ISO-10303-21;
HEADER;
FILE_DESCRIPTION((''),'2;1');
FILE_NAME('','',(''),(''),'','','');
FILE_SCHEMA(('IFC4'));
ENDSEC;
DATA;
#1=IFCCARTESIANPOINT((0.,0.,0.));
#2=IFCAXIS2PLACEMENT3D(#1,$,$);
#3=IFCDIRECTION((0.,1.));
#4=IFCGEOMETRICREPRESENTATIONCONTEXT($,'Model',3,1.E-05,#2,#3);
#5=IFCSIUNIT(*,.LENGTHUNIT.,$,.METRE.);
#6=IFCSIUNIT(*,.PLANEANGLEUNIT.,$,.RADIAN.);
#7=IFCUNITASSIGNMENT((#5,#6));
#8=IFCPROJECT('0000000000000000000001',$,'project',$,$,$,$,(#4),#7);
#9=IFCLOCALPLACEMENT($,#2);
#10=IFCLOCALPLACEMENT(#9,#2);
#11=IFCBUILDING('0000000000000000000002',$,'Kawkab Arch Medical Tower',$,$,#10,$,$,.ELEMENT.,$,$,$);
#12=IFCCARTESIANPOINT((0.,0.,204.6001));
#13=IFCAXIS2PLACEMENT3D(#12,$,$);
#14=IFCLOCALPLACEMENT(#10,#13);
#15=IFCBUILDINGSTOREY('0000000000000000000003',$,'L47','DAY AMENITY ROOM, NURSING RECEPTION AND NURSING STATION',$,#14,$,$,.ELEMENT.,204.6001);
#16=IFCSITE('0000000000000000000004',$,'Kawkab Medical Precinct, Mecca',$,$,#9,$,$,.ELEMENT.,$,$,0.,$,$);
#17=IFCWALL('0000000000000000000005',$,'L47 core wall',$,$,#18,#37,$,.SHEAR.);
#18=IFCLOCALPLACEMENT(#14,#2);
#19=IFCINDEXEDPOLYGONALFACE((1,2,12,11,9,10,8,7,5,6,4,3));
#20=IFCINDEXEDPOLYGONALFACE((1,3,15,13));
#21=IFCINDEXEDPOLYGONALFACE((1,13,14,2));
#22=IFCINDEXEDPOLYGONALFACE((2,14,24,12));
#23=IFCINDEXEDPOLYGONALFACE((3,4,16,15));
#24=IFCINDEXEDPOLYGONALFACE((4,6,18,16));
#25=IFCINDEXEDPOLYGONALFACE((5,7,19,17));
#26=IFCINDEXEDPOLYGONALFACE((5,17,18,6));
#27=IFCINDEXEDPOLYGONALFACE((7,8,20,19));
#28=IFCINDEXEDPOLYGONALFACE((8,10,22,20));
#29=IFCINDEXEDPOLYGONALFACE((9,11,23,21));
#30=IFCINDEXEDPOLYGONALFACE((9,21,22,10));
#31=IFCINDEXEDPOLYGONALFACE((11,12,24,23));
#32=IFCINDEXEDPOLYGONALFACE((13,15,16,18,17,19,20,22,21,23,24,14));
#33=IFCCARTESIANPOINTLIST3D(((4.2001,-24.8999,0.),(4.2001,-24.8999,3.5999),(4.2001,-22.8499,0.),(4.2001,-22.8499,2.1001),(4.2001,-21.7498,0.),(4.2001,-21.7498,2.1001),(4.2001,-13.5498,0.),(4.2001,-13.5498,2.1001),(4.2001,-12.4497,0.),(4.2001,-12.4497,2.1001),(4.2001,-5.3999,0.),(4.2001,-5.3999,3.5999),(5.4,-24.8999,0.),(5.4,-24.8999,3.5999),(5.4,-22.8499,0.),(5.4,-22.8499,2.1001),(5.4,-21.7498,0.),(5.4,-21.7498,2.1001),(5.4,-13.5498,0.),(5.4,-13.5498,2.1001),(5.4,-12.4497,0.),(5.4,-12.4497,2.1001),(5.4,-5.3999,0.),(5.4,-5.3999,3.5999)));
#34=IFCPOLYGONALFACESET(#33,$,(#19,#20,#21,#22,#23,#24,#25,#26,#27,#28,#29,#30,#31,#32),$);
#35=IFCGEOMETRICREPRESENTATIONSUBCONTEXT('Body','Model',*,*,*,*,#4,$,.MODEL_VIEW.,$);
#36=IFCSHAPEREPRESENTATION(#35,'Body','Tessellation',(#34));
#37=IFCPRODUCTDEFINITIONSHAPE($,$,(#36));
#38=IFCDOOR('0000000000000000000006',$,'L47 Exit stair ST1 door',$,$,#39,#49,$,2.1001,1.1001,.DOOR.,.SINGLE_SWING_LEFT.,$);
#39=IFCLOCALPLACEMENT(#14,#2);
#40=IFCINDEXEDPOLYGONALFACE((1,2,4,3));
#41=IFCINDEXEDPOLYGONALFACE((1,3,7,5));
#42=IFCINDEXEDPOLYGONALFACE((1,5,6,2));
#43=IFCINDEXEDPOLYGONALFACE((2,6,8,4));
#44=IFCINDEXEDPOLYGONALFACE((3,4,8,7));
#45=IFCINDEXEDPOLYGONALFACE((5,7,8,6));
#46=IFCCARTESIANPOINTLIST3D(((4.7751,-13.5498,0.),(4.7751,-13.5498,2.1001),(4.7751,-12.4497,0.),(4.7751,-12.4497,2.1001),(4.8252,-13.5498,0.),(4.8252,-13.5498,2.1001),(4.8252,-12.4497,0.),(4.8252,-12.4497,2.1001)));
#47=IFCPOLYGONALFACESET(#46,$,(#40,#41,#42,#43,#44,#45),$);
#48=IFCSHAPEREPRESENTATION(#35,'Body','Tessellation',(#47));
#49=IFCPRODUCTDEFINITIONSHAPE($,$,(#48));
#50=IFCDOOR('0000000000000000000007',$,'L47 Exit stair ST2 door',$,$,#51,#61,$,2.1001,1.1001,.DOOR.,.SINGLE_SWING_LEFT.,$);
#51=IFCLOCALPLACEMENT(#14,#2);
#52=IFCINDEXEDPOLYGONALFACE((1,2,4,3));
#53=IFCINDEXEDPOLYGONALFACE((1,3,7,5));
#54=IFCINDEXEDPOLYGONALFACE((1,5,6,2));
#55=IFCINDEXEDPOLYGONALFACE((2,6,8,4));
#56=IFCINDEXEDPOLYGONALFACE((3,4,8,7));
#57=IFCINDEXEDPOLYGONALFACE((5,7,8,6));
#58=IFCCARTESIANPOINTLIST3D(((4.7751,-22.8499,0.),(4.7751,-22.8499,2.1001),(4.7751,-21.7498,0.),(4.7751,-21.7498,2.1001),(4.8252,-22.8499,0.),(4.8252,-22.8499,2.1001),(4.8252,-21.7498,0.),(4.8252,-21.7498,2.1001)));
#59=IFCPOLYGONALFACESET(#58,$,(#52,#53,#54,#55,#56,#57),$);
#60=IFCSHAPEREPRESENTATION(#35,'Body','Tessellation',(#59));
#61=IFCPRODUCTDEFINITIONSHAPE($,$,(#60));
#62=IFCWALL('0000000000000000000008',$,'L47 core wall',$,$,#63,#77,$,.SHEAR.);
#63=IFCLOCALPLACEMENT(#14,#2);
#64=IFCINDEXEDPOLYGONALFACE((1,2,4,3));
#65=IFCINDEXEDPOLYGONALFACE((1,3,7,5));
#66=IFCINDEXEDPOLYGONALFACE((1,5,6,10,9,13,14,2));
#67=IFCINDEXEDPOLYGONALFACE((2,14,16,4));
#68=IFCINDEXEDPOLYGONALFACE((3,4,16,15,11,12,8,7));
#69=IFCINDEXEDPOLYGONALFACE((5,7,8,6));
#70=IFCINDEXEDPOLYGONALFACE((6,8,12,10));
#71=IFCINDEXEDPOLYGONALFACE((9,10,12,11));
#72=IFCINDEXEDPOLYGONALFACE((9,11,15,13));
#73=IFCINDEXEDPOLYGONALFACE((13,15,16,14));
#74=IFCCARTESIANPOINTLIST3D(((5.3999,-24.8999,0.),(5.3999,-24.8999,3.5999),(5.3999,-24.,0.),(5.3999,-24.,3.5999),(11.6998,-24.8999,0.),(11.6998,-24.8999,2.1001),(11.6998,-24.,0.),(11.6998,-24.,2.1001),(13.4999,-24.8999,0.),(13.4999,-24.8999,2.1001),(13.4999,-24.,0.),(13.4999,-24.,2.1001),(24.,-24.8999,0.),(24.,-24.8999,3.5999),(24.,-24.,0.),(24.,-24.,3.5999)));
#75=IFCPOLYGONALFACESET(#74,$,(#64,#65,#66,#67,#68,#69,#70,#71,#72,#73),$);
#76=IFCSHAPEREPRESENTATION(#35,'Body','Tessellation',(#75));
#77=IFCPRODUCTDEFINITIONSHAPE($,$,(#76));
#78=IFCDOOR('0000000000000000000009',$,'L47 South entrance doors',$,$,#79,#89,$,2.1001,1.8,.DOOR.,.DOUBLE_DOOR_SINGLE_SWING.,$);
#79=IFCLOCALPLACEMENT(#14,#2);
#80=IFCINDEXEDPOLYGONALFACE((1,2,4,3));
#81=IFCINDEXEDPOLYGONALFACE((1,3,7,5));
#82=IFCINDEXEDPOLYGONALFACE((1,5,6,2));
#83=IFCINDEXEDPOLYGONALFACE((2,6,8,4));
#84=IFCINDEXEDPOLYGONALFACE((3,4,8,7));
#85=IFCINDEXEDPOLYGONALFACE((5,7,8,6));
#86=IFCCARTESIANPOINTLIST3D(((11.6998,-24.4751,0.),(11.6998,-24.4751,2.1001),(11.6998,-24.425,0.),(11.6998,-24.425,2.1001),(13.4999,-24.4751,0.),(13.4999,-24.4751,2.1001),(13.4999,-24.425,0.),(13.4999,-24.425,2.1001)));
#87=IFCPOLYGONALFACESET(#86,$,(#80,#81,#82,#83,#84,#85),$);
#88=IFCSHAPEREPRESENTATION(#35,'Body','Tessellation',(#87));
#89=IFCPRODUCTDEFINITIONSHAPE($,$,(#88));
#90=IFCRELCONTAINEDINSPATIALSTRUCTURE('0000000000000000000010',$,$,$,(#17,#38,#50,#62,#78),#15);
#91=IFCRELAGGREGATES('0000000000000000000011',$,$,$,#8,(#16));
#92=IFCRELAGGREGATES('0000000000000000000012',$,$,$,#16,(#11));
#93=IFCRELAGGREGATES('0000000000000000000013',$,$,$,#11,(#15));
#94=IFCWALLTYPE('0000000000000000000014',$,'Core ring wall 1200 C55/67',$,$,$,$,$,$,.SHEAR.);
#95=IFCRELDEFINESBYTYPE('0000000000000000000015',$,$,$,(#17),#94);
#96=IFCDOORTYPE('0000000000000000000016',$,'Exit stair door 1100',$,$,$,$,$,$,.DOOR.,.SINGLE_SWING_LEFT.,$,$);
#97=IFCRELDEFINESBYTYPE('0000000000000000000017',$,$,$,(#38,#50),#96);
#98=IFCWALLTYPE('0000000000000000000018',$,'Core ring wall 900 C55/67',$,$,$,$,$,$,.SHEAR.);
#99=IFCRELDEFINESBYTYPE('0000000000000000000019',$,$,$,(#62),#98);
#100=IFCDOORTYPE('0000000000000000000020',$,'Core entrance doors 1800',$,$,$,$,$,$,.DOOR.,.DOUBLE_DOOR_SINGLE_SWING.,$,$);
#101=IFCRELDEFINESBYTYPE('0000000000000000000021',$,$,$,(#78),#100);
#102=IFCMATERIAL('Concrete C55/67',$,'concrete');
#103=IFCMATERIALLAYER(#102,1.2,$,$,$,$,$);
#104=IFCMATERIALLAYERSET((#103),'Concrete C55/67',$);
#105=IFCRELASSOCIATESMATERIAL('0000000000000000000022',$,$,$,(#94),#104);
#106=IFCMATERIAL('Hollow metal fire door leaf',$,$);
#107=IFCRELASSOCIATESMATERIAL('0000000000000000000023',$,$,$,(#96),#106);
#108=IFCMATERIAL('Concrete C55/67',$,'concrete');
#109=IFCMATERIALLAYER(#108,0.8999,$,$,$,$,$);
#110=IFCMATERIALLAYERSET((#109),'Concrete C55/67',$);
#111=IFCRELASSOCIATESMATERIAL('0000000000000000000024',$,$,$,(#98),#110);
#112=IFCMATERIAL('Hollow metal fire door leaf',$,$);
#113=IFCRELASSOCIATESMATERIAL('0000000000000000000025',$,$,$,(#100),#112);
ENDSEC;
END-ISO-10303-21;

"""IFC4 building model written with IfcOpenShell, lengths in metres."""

from ifc_helpers import new_model, si_unit, direction, frame, frame_2d, origin, place, context, subcontext, project, spatial, rectangle, extrude, material, layer, layer_set, type_object, element, fill, save


model = new_model("IFC4")

# Units and contexts
model_context = context("Model", 3, precision=1e-05, world=origin(), true_north=direction((0.0, 1.0)))
body_context = subcontext(model_context, "Body", "Model", "MODEL_VIEW")
ifc_project = project(units=[si_unit("LENGTHUNIT", "METRE"), si_unit("PLANEANGLEUNIT", "RADIAN")], contexts=[model_context])

# Site, building, storey
site_placement = place(None, origin())
site = spatial("IfcSite", under=ifc_project, at=site_placement, Name="Kawkab Medical Precinct, Mecca", CompositionType="ELEMENT", RefElevation=0.0)
building_placement = place(site_placement, origin())
building = spatial("IfcBuilding", under=site, at=building_placement, Name="Kawkab Arch Medical Tower", CompositionType="ELEMENT")
storey_placement = place(building_placement, frame((0.0, 0.0, 204.6001)))
storey = spatial("IfcBuildingStorey", under=building, at=storey_placement, Name="L47", Description="DAY AMENITY ROOM, NURSING RECEPTION AND NURSING STATION", CompositionType="ELEMENT", Elevation=204.6001)

# Wall, openings, doors
ifc_material_1 = material(Name="Concrete C55/67", Category="concrete")
ifc_layer_1 = layer(ifc_material_1, 1.2)
ifc_layer_set_1 = layer_set([ifc_layer_1], Name="Concrete C55/67")
wall_type_1 = type_object("IfcWallType", Name="Core ring wall 1200 C55/67", PredefinedType="SHEAR", material=ifc_layer_set_1)
wall_1_placement = place(storey_placement, frame((4.8, -24.8999, 0.0), z_axis=(0.0, 0.0, 1.0), x_axis=(0.0, 1.0, 0.0)))
wall_1 = element("IfcWall", 1, at=wall_1_placement, inside=storey, type_object=wall_type_1, Name="L47 core wall", PredefinedType="SHEAR", context=body_context, shape_type="SweptSolid", body=[
    extrude(rectangle(XDim=19.5, YDim=1.2, at=frame_2d((9.75, 0.0))), origin(), (0.0, 0.0, 1.0), 3.5999),
])
opening_1_placement = place(wall_1_placement, frame((11.3501, 0.0, 0.0)))
opening_1 = element("IfcOpeningElement", 2, at=opening_1_placement, cuts=wall_1, PredefinedType="OPENING", context=body_context, shape_type="SweptSolid", body=[
    extrude(rectangle(XDim=1.1001, YDim=2.1001, at=frame_2d((0.55, 1.05))), frame((0.0, 0.6099, 0.0), z_axis=(0.0, -1.0, 0.0), x_axis=(1.0, 0.0, 0.0)), (0.0, 0.0, 1.0), 1.22),
])
opening_2_placement = place(wall_1_placement, frame((2.05, 0.0, 0.0)))
opening_2 = element("IfcOpeningElement", 3, at=opening_2_placement, cuts=wall_1, PredefinedType="OPENING", context=body_context, shape_type="SweptSolid", body=[
    extrude(rectangle(XDim=1.1001, YDim=2.1001, at=frame_2d((0.55, 1.05))), frame((0.0, 0.6099, 0.0), z_axis=(0.0, -1.0, 0.0), x_axis=(1.0, 0.0, 0.0)), (0.0, 0.0, 1.0), 1.22),
])
ifc_material_2 = material(Name="Hollow metal fire door leaf")
door_type_1 = type_object("IfcDoorType", Name="Exit stair door 1100", OperationType="SINGLE_SWING_LEFT", PredefinedType="DOOR", material=ifc_material_2)
door_1_placement = place(opening_1_placement, origin())
door_1 = element("IfcDoor", 4, at=door_1_placement, inside=storey, type_object=door_type_1, Name="L47 Exit stair ST1 door", OperationType="SINGLE_SWING_LEFT", OverallHeight=2.1001, OverallWidth=1.1001, PredefinedType="DOOR", context=body_context, shape_type="SweptSolid", body=[
    extrude(rectangle(XDim=1.1001, YDim=2.1001, at=frame_2d((0.55, 1.05))), frame((0.0, 0.0249, 0.0), z_axis=(0.0, -1.0, 0.0), x_axis=(1.0, 0.0, 0.0)), (0.0, 0.0, 1.0), 0.05),
])
fill(opening_1, door_1)
door_2_placement = place(opening_2_placement, origin())
door_2 = element("IfcDoor", 5, at=door_2_placement, inside=storey, type_object=door_type_1, Name="L47 Exit stair ST2 door", OperationType="SINGLE_SWING_LEFT", OverallHeight=2.1001, OverallWidth=1.1001, PredefinedType="DOOR", context=body_context, shape_type="SweptSolid", body=[
    extrude(rectangle(XDim=1.1001, YDim=2.1001, at=frame_2d((0.55, 1.05))), frame((0.0, 0.0249, 0.0), z_axis=(0.0, -1.0, 0.0), x_axis=(1.0, 0.0, 0.0)), (0.0, 0.0, 1.0), 0.05),
])
fill(opening_2, door_2)

# Wall, opening, door
ifc_material_3 = material(Name="Concrete C55/67", Category="concrete")
ifc_layer_2 = layer(ifc_material_3, 0.8999)
ifc_layer_set_2 = layer_set([ifc_layer_2], Name="Concrete C55/67")
wall_type_2 = type_object("IfcWallType", Name="Core ring wall 900 C55/67", PredefinedType="SHEAR", material=ifc_layer_set_2)
wall_2_placement = place(storey_placement, frame((5.3999, -24.45, 0.0), z_axis=(0.0, 0.0, 1.0), x_axis=(1.0, 0.0, 0.0)))
wall_2 = element("IfcWall", 6, at=wall_2_placement, inside=storey, type_object=wall_type_2, Name="L47 core wall", PredefinedType="SHEAR", context=body_context, shape_type="SweptSolid", body=[
    extrude(rectangle(XDim=18.6001, YDim=0.8999, at=frame_2d((9.3, 0.0))), origin(), (0.0, 0.0, 1.0), 3.5999),
])
opening_3_placement = place(wall_2_placement, frame((6.3, 0.0, 0.0)))
opening_3 = element("IfcOpeningElement", 7, at=opening_3_placement, cuts=wall_2, PredefinedType="OPENING", context=body_context, shape_type="SweptSolid", body=[
    extrude(rectangle(XDim=1.8, YDim=2.1001, at=frame_2d((0.8999, 1.05))), frame((0.0, 0.46, 0.0), z_axis=(0.0, -1.0, 0.0), x_axis=(1.0, 0.0, 0.0)), (0.0, 0.0, 1.0), 0.9199),
])
ifc_material_4 = material(Name="Hollow metal fire door leaf")
door_type_2 = type_object("IfcDoorType", Name="Core entrance doors 1800", OperationType="DOUBLE_DOOR_SINGLE_SWING", PredefinedType="DOOR", material=ifc_material_4)
door_3_placement = place(opening_3_placement, origin())
door_3 = element("IfcDoor", 8, at=door_3_placement, inside=storey, type_object=door_type_2, Name="L47 South entrance doors", OperationType="DOUBLE_DOOR_SINGLE_SWING", OverallHeight=2.1001, OverallWidth=1.8, PredefinedType="DOOR", context=body_context, shape_type="SweptSolid", body=[
    extrude(rectangle(XDim=1.8, YDim=2.1001, at=frame_2d((0.8999, 1.05))), frame((0.0, 0.0249, 0.0), z_axis=(0.0, -1.0, 0.0), x_axis=(1.0, 0.0, 0.0)), (0.0, 0.0, 1.0), 0.05),
])
fill(opening_3, door_3)

save(model, "model.ifc")
